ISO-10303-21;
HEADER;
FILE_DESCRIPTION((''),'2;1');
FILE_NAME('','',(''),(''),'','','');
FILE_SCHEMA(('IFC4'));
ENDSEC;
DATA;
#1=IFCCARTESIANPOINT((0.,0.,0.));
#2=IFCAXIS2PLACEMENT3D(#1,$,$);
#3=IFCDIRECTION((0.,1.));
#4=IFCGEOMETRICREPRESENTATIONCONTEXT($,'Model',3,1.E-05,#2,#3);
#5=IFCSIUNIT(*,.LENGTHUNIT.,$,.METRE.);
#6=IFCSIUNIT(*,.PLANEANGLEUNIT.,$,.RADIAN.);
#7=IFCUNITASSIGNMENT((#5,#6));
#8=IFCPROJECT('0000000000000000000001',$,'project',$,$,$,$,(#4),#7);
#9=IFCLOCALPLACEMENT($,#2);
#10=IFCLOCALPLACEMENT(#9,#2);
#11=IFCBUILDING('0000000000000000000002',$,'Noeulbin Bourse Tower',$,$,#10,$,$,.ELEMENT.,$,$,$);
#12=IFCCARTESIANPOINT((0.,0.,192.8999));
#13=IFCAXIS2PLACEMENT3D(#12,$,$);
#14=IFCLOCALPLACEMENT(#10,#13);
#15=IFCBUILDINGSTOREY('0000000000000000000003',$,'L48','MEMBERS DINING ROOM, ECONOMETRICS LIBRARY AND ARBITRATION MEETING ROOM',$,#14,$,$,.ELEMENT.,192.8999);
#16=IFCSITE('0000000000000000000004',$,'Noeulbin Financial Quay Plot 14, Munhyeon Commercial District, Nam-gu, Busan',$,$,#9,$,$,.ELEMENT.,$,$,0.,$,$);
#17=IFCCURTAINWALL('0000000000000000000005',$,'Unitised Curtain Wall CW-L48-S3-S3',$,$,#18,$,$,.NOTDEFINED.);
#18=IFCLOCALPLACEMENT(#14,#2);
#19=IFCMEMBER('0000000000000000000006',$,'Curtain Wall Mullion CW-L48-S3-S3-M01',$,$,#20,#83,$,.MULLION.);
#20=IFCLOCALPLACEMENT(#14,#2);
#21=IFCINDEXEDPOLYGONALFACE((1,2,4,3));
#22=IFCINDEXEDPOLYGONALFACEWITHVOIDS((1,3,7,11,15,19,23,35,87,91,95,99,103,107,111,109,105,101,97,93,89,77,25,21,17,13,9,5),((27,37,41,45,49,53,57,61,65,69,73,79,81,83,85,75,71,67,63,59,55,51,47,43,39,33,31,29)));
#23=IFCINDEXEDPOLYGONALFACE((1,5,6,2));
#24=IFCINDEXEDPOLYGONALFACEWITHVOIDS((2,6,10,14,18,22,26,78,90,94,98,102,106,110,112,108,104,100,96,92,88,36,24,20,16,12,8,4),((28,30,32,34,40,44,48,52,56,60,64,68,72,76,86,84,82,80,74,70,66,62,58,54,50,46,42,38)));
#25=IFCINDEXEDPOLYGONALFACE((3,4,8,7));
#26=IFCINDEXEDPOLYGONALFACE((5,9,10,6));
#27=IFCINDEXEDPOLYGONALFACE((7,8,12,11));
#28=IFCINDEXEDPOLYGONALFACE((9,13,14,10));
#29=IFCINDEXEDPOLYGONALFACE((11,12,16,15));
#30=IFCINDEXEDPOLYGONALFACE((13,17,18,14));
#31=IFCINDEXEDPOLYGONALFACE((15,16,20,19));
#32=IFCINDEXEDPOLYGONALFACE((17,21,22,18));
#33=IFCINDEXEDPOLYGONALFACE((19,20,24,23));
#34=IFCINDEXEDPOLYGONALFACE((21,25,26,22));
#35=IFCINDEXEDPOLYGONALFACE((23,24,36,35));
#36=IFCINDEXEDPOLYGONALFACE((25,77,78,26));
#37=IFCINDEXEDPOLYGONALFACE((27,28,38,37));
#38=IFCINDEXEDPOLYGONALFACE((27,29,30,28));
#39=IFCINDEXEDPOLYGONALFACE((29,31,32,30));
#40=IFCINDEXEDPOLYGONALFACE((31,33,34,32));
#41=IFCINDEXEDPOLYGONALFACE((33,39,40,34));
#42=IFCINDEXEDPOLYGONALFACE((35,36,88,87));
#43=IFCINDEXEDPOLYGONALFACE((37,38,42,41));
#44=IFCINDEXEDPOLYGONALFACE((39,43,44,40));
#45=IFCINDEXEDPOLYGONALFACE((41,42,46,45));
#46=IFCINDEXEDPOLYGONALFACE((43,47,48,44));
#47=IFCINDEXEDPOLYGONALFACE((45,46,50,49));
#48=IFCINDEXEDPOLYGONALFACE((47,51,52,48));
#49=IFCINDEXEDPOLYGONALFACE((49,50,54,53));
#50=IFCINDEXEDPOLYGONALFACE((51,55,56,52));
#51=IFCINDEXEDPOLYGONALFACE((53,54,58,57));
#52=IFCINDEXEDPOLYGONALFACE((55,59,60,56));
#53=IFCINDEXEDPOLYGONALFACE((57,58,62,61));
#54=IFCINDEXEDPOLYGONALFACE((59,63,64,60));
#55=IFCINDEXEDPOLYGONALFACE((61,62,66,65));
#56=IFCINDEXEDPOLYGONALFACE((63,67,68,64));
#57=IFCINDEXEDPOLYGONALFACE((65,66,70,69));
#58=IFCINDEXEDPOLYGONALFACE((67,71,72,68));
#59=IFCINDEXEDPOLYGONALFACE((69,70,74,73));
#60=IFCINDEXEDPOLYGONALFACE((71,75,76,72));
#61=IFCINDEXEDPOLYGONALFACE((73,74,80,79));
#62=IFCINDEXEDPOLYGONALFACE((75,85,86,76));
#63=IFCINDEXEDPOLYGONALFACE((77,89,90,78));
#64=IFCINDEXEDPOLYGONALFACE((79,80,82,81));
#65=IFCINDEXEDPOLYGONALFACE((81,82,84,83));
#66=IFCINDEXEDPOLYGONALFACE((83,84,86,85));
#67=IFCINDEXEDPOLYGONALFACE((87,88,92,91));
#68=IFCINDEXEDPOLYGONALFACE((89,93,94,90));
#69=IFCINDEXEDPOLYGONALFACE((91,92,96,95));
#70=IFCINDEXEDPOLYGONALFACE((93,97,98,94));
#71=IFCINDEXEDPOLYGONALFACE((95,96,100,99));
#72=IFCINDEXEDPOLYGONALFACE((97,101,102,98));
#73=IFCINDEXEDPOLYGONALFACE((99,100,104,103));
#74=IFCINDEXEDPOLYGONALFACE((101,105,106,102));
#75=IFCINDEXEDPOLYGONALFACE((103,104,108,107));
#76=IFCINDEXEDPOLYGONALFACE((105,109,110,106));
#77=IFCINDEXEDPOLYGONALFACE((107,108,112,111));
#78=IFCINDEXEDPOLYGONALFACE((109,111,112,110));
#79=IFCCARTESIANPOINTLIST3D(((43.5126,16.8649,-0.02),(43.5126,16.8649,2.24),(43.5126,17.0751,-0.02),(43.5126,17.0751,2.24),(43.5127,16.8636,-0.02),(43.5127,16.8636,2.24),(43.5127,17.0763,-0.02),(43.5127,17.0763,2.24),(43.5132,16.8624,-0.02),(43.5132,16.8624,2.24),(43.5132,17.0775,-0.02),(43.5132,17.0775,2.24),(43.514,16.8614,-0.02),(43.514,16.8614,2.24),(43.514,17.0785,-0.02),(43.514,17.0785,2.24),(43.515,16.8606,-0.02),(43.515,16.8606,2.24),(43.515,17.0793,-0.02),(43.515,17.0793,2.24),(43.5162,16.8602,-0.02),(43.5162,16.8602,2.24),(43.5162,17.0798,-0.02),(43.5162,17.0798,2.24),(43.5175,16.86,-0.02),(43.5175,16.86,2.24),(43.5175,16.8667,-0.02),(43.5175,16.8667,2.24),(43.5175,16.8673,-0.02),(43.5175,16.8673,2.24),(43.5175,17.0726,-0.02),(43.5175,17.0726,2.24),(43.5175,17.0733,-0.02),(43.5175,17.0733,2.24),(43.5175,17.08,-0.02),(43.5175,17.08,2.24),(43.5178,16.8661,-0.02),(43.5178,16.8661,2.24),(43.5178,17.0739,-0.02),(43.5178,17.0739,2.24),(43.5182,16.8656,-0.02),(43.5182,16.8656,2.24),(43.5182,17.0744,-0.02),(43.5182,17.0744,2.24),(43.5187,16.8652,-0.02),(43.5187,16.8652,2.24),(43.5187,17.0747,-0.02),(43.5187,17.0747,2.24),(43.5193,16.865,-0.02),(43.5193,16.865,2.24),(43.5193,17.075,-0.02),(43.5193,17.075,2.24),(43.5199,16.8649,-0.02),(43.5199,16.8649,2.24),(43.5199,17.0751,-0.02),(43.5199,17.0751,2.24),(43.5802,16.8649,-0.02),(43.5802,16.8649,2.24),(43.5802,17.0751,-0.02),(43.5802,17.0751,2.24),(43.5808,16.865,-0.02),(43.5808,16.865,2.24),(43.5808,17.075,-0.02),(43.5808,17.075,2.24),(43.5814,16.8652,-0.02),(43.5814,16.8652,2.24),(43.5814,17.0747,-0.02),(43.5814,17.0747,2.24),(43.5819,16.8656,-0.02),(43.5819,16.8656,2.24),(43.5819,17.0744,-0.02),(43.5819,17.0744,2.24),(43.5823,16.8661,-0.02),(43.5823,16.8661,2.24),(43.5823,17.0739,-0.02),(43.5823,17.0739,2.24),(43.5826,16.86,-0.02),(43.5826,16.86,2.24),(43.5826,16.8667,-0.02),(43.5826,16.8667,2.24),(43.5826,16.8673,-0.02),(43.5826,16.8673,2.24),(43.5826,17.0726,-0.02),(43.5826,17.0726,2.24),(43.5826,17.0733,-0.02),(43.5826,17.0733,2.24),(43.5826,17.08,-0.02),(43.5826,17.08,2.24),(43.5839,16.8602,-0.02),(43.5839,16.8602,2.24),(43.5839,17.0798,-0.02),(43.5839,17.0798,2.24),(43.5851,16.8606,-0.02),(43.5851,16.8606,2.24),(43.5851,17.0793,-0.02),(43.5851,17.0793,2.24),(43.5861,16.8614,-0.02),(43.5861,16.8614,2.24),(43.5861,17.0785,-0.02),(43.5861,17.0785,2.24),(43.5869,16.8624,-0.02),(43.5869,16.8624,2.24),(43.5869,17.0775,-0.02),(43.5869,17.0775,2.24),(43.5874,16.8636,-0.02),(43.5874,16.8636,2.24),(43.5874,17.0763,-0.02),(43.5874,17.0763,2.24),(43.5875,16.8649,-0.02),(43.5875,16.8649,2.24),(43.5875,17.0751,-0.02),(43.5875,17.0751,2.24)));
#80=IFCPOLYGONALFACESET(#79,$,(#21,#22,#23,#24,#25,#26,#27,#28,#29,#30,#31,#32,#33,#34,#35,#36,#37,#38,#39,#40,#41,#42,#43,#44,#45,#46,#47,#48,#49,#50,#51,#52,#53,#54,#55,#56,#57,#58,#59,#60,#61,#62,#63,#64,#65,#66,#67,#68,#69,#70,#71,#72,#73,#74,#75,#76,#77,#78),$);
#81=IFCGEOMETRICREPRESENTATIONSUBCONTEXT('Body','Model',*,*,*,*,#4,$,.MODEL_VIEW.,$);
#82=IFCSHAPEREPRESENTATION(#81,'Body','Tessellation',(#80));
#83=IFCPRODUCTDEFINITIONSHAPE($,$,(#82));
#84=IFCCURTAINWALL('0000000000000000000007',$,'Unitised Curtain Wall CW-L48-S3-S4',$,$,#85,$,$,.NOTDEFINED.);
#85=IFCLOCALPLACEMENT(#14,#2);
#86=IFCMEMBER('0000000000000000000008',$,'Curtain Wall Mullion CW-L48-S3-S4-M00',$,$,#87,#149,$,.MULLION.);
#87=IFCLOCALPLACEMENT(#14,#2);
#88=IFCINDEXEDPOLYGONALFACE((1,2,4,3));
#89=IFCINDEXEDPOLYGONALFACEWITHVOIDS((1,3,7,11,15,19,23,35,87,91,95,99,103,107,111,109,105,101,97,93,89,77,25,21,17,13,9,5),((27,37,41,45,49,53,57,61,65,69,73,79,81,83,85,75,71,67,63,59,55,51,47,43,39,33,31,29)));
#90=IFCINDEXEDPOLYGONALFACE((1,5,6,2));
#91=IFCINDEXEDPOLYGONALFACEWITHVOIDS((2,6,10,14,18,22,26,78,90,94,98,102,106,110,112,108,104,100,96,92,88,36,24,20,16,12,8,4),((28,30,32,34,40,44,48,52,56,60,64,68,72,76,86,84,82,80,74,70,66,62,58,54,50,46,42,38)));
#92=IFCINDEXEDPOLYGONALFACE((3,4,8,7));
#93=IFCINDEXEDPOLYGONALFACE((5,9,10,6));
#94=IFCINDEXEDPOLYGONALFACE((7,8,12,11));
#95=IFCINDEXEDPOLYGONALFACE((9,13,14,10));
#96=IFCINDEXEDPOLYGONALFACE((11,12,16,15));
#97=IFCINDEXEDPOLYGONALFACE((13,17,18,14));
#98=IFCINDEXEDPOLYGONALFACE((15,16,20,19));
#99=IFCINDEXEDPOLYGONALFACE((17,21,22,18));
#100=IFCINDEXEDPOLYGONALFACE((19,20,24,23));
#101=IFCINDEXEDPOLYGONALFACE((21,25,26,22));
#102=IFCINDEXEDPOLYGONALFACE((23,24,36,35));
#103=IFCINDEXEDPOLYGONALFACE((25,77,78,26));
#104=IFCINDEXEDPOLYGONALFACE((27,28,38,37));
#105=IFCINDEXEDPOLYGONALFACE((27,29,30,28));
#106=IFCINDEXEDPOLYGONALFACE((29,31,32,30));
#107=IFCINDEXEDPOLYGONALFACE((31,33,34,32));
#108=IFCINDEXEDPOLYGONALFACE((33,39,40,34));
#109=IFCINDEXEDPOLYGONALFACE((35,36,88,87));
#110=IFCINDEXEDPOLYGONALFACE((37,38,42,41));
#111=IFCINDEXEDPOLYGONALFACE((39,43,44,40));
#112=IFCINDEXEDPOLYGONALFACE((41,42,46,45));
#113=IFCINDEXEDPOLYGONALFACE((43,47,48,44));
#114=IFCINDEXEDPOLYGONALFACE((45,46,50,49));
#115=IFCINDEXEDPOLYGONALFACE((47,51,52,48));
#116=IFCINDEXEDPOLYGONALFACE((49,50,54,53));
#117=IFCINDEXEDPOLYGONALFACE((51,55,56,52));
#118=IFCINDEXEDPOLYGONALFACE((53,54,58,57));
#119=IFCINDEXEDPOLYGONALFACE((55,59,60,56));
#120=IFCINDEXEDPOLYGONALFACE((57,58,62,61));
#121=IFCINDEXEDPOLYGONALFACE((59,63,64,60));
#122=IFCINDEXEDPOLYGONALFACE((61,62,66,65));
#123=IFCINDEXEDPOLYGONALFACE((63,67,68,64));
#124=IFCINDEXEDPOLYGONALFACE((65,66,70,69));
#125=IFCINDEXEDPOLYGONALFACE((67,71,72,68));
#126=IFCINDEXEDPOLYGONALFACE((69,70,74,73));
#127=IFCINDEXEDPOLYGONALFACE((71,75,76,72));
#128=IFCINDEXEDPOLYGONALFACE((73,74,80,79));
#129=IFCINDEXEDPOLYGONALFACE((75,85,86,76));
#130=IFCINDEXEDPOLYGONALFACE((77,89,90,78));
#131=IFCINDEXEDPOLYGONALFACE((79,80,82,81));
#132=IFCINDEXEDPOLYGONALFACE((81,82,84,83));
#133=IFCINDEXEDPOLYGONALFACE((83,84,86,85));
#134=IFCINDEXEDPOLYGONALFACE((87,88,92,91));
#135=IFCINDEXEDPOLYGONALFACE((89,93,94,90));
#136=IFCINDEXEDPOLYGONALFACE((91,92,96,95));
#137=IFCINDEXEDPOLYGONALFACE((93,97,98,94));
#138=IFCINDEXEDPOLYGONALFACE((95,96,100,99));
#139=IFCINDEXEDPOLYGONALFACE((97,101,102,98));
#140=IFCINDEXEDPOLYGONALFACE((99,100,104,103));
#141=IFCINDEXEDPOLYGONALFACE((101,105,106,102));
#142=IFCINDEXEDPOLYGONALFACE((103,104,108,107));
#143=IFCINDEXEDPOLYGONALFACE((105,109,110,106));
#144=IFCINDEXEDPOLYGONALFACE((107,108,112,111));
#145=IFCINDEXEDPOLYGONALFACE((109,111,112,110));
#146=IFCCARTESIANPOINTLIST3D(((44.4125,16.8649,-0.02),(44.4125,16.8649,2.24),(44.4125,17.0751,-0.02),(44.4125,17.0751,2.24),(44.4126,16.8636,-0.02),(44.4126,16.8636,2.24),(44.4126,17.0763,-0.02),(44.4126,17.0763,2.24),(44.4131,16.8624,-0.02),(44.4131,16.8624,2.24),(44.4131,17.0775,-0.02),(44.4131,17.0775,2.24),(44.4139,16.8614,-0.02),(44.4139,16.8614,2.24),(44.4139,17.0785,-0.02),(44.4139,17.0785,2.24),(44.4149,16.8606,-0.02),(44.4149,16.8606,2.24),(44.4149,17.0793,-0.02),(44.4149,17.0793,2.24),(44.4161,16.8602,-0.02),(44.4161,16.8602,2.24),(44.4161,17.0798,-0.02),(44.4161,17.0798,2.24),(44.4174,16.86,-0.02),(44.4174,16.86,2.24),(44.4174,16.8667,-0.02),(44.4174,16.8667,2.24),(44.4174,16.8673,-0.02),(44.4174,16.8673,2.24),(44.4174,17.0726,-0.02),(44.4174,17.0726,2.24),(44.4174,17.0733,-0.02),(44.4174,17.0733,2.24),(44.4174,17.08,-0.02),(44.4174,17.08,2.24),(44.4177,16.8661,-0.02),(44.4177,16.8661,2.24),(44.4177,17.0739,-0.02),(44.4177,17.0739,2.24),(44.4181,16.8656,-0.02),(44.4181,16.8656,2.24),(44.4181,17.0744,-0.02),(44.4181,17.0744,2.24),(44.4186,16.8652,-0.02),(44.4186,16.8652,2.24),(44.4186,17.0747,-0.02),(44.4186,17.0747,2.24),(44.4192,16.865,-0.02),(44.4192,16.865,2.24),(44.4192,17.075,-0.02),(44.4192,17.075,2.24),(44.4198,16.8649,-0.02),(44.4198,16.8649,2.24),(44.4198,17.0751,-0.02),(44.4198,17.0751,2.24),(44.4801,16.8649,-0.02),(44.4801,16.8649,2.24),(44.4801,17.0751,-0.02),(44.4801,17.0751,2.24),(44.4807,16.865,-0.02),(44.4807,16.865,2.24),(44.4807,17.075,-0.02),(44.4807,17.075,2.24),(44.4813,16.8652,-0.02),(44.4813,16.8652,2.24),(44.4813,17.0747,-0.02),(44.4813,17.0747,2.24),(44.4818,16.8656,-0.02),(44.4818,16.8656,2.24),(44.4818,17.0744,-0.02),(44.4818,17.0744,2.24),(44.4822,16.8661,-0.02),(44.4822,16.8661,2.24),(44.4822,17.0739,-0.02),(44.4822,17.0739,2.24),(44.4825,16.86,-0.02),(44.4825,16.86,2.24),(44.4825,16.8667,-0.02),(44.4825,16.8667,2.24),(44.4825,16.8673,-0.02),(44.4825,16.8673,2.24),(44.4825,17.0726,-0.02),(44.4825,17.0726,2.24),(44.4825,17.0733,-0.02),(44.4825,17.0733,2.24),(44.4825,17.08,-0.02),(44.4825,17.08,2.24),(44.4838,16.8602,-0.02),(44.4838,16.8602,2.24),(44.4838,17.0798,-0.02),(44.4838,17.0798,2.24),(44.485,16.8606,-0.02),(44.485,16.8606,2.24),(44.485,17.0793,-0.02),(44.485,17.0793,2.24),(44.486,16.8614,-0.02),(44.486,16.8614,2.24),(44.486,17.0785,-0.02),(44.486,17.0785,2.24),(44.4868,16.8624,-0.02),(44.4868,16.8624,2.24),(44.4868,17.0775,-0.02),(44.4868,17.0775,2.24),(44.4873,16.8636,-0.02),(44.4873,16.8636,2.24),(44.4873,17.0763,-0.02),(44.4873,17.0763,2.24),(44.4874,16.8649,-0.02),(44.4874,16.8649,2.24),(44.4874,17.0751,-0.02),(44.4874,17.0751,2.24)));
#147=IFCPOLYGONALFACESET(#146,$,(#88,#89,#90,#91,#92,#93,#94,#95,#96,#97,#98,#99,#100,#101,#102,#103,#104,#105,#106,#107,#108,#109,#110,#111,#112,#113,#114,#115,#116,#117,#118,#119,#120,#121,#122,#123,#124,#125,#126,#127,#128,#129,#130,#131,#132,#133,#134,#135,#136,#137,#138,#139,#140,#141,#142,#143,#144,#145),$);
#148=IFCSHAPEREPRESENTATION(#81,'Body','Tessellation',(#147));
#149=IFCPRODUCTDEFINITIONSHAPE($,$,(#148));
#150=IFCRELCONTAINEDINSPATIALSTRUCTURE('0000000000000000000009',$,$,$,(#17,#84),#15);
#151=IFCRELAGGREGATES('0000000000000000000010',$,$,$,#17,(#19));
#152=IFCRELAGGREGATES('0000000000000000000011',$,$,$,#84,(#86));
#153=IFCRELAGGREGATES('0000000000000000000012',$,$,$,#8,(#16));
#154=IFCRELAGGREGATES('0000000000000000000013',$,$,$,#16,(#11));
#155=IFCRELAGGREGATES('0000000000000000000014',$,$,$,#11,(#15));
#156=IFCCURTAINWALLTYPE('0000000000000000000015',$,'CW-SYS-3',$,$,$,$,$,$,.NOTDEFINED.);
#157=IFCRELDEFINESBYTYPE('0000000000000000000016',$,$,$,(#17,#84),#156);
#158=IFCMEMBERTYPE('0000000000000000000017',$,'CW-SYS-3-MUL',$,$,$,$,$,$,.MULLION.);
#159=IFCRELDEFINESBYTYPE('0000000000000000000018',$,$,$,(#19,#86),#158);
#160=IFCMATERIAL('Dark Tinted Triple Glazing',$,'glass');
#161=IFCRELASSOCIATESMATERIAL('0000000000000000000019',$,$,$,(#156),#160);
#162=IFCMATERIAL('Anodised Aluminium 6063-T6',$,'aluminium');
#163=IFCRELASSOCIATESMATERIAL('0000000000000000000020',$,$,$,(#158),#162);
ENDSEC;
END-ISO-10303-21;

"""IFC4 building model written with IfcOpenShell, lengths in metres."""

from ifc_helpers import new_model, si_unit, direction, frame, origin, origin_2d, place, context, subcontext, project, spatial, hollow_rectangle, extrude, material, material_profile, profile_set, type_object, element, aggregate, save


model = new_model("IFC4")

# Units and contexts
model_context = context("Model", 3, precision=1e-05, world=origin(), true_north=direction((0.0, 1.0)))
body_context = subcontext(model_context, "Body", "Model", "MODEL_VIEW")
ifc_project = project(units=[si_unit("LENGTHUNIT", "METRE"), si_unit("PLANEANGLEUNIT", "RADIAN")], contexts=[model_context])

# Site, building, storey
site_placement = place(None, origin())
site = spatial("IfcSite", under=ifc_project, at=site_placement, Name="Noeulbin Financial Quay Plot 14, Munhyeon Commercial District, Nam-gu, Busan", CompositionType="ELEMENT", RefElevation=0.0)
building_placement = place(site_placement, origin())
building = spatial("IfcBuilding", under=site, at=building_placement, Name="Noeulbin Bourse Tower", CompositionType="ELEMENT")
storey_placement = place(building_placement, frame((0.0, 0.0, 192.8999)))
storey = spatial("IfcBuildingStorey", under=building, at=storey_placement, Name="L48", Description="MEMBERS DINING ROOM, ECONOMETRICS LIBRARY AND ARBITRATION MEETING ROOM", CompositionType="ELEMENT", Elevation=192.8999)

# Curtain wall, member
ifc_material_1 = material(Name="Dark Tinted Triple Glazing", Category="glass")
curtain_wall_type = type_object("IfcCurtainWallType", Name="CW-SYS-3", PredefinedType="NOTDEFINED", material=ifc_material_1)
curtain_wall_1_placement = place(storey_placement, origin())
curtain_wall_1 = element("IfcCurtainWall", 1, at=curtain_wall_1_placement, inside=storey, type_object=curtain_wall_type, Name="Unitised Curtain Wall CW-L48-S3-S3", PredefinedType="NOTDEFINED")
ifc_material_2 = material(Name="Anodised Aluminium 6063-T6", Category="aluminium")
ifc_material_profile_1 = material_profile(ifc_material_2, hollow_rectangle(XDim=0.075, YDim=0.22, WallThickness=0.0049, InnerFilletRadius=0.0024, OuterFilletRadius=0.0049, at=origin_2d()), Name="ALU-MULL-75x220x5", Category="LoadBearing")
ifc_profile_set_1 = profile_set([ifc_material_profile_1], Name="Anodised Aluminium 6063-T6")
member_type_1 = type_object("IfcMemberType", Name="CW-SYS-3-MUL", PredefinedType="MULLION", material=ifc_profile_set_1)
member_1_placement = place(storey_placement, frame((43.55, 16.97, -0.02), z_axis=(0.0, 0.0, 1.0), x_axis=(1.0, 0.0, 0.0)))
member_1 = element("IfcMember", 2, at=member_1_placement, type_object=member_type_1, Name="Curtain Wall Mullion CW-L48-S3-S3-M01", PredefinedType="MULLION", context=body_context, shape_type="SweptSolid", body=[
    extrude(hollow_rectangle(XDim=0.075, YDim=0.22, WallThickness=0.0049, InnerFilletRadius=0.0024, OuterFilletRadius=0.0049, at=origin_2d()), origin(), (0.0, 0.0, 1.0), 2.26),
])

# Curtain wall, member
curtain_wall_2_placement = place(storey_placement, origin())
curtain_wall_2 = element("IfcCurtainWall", 3, at=curtain_wall_2_placement, inside=storey, type_object=curtain_wall_type, Name="Unitised Curtain Wall CW-L48-S3-S4", PredefinedType="NOTDEFINED")
member_2_placement = place(storey_placement, frame((44.45, 16.97, -0.02), z_axis=(0.0, 0.0, 1.0), x_axis=(1.0, 0.0, 0.0)))
member_2 = element("IfcMember", 4, at=member_2_placement, type_object=member_type_1, Name="Curtain Wall Mullion CW-L48-S3-S4-M00", PredefinedType="MULLION", context=body_context, shape_type="SweptSolid", body=[
    extrude(hollow_rectangle(XDim=0.075, YDim=0.22, WallThickness=0.0049, InnerFilletRadius=0.0024, OuterFilletRadius=0.0049, at=origin_2d()), origin(), (0.0, 0.0, 1.0), 2.26),
])

aggregate(curtain_wall_1, [member_1])
aggregate(curtain_wall_2, [member_2])

save(model, "model.ifc")
